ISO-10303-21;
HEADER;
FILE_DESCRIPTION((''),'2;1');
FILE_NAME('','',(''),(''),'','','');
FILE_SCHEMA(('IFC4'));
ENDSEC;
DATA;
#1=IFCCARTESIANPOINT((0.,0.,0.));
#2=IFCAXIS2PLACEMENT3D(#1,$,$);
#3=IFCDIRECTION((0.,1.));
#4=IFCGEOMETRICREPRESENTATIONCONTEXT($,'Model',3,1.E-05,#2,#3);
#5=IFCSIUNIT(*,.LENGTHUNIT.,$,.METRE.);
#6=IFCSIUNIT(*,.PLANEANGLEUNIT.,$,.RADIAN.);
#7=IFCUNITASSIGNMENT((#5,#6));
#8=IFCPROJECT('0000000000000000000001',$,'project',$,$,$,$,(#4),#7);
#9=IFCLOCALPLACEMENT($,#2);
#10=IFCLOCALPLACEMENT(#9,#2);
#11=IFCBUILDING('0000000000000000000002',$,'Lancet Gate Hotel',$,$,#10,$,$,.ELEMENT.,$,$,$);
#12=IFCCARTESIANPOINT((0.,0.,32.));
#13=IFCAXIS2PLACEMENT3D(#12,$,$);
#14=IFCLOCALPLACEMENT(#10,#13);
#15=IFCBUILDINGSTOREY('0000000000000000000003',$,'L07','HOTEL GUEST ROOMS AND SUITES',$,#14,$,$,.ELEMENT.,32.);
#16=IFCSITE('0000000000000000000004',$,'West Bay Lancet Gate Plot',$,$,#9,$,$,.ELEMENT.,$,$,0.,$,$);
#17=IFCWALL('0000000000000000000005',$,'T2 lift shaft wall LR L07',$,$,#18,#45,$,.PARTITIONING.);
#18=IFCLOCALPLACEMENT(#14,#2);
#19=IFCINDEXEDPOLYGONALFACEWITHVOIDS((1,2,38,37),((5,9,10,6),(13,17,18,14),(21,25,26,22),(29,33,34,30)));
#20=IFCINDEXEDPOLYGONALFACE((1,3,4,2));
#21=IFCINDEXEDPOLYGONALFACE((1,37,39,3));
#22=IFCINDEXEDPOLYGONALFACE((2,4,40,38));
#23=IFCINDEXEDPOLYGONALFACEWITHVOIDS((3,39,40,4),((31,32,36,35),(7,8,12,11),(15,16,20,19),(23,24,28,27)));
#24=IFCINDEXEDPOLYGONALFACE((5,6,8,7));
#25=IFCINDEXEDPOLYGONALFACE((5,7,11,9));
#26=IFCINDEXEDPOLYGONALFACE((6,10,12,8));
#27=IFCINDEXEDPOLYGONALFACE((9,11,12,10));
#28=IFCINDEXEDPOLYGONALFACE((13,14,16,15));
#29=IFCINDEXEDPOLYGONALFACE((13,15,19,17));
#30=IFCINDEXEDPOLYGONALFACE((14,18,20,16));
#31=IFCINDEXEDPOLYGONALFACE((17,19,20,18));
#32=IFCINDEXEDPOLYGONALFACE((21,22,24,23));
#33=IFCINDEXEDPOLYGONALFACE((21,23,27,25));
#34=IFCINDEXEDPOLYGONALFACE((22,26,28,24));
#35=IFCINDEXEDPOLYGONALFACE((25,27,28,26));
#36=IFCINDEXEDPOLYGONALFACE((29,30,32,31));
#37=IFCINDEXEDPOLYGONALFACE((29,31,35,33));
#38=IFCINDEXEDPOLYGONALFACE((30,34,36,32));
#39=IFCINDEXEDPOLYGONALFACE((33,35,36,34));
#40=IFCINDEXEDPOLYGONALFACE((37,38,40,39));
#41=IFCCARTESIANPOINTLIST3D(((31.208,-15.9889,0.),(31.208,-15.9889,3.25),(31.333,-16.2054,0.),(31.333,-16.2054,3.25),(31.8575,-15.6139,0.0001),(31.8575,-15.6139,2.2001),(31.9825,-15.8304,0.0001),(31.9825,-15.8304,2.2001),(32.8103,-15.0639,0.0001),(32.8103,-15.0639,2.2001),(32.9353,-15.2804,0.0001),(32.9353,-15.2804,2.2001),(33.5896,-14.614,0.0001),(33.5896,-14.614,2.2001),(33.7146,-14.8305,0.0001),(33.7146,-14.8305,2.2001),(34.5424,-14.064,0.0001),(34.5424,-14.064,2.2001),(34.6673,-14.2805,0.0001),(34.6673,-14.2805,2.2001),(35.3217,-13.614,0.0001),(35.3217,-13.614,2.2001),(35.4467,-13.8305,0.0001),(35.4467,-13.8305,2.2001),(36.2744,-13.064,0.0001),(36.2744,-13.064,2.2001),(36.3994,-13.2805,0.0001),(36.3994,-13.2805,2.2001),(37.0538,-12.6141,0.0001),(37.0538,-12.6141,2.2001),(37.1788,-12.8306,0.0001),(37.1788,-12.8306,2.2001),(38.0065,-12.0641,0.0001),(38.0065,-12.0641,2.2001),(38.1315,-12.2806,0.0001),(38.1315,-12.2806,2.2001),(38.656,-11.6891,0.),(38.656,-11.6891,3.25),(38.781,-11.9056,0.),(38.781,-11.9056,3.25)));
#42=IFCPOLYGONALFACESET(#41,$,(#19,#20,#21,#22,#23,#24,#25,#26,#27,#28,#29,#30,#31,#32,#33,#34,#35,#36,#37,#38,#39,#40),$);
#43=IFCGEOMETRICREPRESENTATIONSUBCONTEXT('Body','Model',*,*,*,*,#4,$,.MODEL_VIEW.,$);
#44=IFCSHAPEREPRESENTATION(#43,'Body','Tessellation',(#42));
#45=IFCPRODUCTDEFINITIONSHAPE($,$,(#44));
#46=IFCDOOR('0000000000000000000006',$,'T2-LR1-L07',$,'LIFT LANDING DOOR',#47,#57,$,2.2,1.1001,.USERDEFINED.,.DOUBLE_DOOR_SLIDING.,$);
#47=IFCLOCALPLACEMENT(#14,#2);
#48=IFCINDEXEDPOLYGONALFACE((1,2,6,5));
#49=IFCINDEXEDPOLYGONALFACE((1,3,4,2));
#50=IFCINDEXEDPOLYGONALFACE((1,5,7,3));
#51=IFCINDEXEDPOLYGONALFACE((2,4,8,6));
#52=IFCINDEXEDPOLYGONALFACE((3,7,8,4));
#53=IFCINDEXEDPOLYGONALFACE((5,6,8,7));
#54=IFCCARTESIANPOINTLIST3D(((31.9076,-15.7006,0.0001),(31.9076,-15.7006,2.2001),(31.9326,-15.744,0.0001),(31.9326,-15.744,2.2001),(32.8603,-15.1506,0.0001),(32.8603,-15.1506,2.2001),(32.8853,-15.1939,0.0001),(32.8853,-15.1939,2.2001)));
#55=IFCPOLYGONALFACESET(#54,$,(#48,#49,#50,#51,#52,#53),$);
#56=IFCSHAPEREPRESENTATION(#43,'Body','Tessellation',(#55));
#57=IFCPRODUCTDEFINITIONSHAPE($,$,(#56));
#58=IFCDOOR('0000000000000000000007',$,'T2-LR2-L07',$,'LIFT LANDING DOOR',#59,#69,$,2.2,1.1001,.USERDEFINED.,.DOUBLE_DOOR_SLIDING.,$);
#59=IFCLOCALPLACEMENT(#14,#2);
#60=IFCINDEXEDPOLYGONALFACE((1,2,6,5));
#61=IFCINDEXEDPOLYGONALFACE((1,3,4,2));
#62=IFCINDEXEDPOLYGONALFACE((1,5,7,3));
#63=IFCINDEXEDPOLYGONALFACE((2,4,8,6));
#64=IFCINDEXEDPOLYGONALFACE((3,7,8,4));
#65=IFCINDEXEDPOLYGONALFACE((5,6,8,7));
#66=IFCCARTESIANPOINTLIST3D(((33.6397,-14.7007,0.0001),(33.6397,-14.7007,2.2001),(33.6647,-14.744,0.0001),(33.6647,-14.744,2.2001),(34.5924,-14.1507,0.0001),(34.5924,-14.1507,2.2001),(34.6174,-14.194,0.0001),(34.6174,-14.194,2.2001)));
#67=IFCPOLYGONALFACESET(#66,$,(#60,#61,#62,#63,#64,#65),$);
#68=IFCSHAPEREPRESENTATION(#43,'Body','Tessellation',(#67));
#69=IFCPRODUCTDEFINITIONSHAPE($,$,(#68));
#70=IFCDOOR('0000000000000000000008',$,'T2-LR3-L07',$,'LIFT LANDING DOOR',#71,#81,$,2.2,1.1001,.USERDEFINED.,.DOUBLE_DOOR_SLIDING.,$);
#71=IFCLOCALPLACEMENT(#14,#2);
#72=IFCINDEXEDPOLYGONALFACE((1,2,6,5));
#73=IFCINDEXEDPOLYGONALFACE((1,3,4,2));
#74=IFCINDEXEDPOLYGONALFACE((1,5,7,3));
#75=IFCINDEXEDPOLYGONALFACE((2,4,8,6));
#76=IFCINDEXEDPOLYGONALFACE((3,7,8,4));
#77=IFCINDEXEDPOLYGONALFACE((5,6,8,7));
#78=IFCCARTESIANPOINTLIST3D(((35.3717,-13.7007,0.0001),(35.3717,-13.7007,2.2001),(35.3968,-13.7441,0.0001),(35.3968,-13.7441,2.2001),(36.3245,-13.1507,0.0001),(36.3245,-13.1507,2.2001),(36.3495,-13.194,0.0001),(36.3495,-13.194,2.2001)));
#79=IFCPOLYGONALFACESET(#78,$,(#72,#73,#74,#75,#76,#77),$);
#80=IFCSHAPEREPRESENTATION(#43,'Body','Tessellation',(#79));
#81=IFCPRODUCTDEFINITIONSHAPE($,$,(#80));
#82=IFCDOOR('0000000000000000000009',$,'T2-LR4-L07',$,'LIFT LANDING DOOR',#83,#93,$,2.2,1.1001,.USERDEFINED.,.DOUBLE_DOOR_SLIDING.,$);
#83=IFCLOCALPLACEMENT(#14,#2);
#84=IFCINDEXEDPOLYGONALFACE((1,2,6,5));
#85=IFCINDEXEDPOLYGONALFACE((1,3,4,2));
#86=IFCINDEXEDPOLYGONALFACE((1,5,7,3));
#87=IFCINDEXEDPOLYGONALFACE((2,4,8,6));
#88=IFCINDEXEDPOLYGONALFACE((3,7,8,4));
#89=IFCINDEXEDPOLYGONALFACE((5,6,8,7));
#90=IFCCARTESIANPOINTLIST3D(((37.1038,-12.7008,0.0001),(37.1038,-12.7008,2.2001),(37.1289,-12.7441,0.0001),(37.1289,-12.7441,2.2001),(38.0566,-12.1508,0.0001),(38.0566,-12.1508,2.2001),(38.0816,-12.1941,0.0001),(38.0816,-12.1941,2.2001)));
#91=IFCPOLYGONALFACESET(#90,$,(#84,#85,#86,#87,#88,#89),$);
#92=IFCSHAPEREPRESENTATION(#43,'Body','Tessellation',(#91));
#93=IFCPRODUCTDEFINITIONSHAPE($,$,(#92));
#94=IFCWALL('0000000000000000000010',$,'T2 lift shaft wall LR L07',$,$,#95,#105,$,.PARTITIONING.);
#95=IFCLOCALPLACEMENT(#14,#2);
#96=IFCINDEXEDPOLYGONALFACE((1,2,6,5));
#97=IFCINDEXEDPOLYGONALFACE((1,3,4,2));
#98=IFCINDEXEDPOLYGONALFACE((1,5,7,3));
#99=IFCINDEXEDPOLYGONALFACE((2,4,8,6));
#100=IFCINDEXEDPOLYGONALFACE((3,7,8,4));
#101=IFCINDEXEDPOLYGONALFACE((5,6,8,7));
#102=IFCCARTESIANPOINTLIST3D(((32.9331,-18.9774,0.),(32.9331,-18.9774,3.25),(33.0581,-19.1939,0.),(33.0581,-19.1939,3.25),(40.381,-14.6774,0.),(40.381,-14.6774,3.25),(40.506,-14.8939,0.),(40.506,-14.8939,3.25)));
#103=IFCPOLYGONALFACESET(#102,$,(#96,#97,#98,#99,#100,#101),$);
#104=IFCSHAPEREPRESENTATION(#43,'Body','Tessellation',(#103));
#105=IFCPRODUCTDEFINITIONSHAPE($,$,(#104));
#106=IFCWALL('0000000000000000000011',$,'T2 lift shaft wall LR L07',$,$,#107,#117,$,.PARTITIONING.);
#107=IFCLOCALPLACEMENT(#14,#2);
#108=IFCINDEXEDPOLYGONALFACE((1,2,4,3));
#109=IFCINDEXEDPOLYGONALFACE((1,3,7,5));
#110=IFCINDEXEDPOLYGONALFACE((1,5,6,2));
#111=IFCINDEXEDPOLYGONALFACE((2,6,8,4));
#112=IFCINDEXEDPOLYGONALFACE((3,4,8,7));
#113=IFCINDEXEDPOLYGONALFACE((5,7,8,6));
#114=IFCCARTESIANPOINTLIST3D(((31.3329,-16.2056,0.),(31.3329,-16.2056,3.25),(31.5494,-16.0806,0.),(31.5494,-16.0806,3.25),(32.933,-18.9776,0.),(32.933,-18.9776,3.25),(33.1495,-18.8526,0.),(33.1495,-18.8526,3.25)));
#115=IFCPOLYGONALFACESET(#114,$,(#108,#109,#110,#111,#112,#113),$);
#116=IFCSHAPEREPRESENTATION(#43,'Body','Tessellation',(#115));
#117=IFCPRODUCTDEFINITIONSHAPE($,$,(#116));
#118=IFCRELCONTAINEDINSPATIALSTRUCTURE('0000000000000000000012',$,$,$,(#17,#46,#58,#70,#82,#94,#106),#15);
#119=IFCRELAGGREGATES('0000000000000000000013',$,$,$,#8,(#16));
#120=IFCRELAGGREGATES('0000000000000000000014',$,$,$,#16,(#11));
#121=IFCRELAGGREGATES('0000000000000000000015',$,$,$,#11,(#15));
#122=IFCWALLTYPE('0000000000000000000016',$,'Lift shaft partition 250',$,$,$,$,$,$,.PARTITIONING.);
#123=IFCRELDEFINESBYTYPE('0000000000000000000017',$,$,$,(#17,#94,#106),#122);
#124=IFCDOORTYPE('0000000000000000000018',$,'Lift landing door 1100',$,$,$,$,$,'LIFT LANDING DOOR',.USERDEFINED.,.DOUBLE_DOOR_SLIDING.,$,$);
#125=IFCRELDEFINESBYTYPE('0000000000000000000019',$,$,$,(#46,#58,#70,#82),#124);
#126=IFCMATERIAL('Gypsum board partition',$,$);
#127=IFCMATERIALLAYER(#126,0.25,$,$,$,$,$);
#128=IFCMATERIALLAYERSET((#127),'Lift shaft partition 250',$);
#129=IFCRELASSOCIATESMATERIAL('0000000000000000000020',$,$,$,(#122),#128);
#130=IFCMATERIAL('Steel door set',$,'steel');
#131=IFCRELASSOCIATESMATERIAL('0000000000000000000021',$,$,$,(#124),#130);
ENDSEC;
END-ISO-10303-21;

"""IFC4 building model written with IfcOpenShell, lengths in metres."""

from ifc_helpers import new_model, si_unit, direction, frame, frame_2d, origin, place, context, subcontext, project, spatial, rectangle, extrude, material, layer, layer_set, type_object, element, fill, save


model = new_model("IFC4")

# Units and contexts
model_context = context("Model", 3, precision=1e-05, world=origin(), true_north=direction((0.0, 1.0)))
body_context = subcontext(model_context, "Body", "Model", "MODEL_VIEW")
ifc_project = project(units=[si_unit("LENGTHUNIT", "METRE"), si_unit("PLANEANGLEUNIT", "RADIAN")], contexts=[model_context])

# Site, building, storey
site_placement = place(None, origin())
site = spatial("IfcSite", under=ifc_project, at=site_placement, Name="West Bay Lancet Gate Plot", CompositionType="ELEMENT", RefElevation=0.0)
building_placement = place(site_placement, origin())
building = spatial("IfcBuilding", under=site, at=building_placement, Name="Lancet Gate Hotel", CompositionType="ELEMENT")
storey_placement = place(building_placement, frame((0.0, 0.0, 32.0)))
storey = spatial("IfcBuildingStorey", under=building, at=storey_placement, Name="L07", Description="HOTEL GUEST ROOMS AND SUITES", CompositionType="ELEMENT", Elevation=32.0)

# Wall, openings, doors
ifc_material_1 = material(Name="Gypsum board partition")
ifc_layer_1 = layer(ifc_material_1, 0.25)
ifc_layer_set_1 = layer_set([ifc_layer_1], Name="Lift shaft partition 250")
wall_type = type_object("IfcWallType", Name="Lift shaft partition 250", PredefinedType="PARTITIONING", material=ifc_layer_set_1)
wall_1_placement = place(storey_placement, frame((31.2705, -16.0972, 0.0), z_axis=(0.0, 0.0, 1.0), x_axis=(0.86604, 0.499974, 0.0)))
wall_1 = element("IfcWall", 1, at=wall_1_placement, inside=storey, type_object=wall_type, Name="T2 lift shaft wall LR L07", PredefinedType="PARTITIONING", context=body_context, shape_type="SweptSolid", body=[
    extrude(rectangle(XDim=8.6001, YDim=0.25, at=frame_2d((4.3, 0.0))), origin(), (0.0, 0.0, 1.0), 3.25),
])
opening_1_placement = place(wall_1_placement, frame((0.75, 0.0, 0.0)))
opening_1 = element("IfcOpeningElement", 2, at=opening_1_placement, cuts=wall_1, PredefinedType="OPENING", context=body_context, shape_type="SweptSolid", body=[
    extrude(rectangle(XDim=1.1001, YDim=2.2, at=frame_2d((0.55, 1.1001))), frame((0.0, 0.135, 0.0), z_axis=(0.0, -1.0, 0.0), x_axis=(1.0, 0.0, 0.0)), (0.0, 0.0, 1.0), 0.27),
])
opening_2_placement = place(wall_1_placement, frame((2.75, 0.0, 0.0)))
opening_2 = element("IfcOpeningElement", 3, at=opening_2_placement, cuts=wall_1, PredefinedType="OPENING", context=body_context, shape_type="SweptSolid", body=[
    extrude(rectangle(XDim=1.1001, YDim=2.2, at=frame_2d((0.55, 1.1001))), frame((0.0, 0.135, 0.0), z_axis=(0.0, -1.0, 0.0), x_axis=(1.0, 0.0, 0.0)), (0.0, 0.0, 1.0), 0.27),
])
opening_3_placement = place(wall_1_placement, frame((4.75, 0.0, 0.0)))
opening_3 = element("IfcOpeningElement", 4, at=opening_3_placement, cuts=wall_1, PredefinedType="OPENING", context=body_context, shape_type="SweptSolid", body=[
    extrude(rectangle(XDim=1.1001, YDim=2.2, at=frame_2d((0.55, 1.1001))), frame((0.0, 0.135, 0.0), z_axis=(0.0, -1.0, 0.0), x_axis=(1.0, 0.0, 0.0)), (0.0, 0.0, 1.0), 0.27),
])
opening_4_placement = place(wall_1_placement, frame((6.75, 0.0, 0.0)))
opening_4 = element("IfcOpeningElement", 5, at=opening_4_placement, cuts=wall_1, PredefinedType="OPENING", context=body_context, shape_type="SweptSolid", body=[
    extrude(rectangle(XDim=1.1001, YDim=2.2, at=frame_2d((0.55, 1.1001))), frame((0.0, 0.135, 0.0), z_axis=(0.0, -1.0, 0.0), x_axis=(1.0, 0.0, 0.0)), (0.0, 0.0, 1.0), 0.27),
])
ifc_material_2 = material(Name="Steel door set", Category="steel")
door_type = type_object("IfcDoorType", Name="Lift landing door 1100", ElementType="LIFT LANDING DOOR", OperationType="DOUBLE_DOOR_SLIDING", PredefinedType="USERDEFINED", material=ifc_material_2)
door_1_placement = place(opening_1_placement, origin())
door_1 = element("IfcDoor", 6, at=door_1_placement, inside=storey, type_object=door_type, Name="T2-LR1-L07", ObjectType="LIFT LANDING DOOR", OperationType="DOUBLE_DOOR_SLIDING", OverallHeight=2.2, OverallWidth=1.1001, PredefinedType="USERDEFINED", context=body_context, shape_type="SweptSolid", body=[
    extrude(rectangle(XDim=1.1001, YDim=2.2, at=frame_2d((0.55, 1.1001))), frame((0.0, 0.0249, 0.0), z_axis=(0.0, -1.0, 0.0), x_axis=(1.0, 0.0, 0.0)), (0.0, 0.0, 1.0), 0.05),
])
fill(opening_1, door_1)
door_2_placement = place(opening_2_placement, origin())
door_2 = element("IfcDoor", 7, at=door_2_placement, inside=storey, type_object=door_type, Name="T2-LR2-L07", ObjectType="LIFT LANDING DOOR", OperationType="DOUBLE_DOOR_SLIDING", OverallHeight=2.2, OverallWidth=1.1001, PredefinedType="USERDEFINED", context=body_context, shape_type="SweptSolid", body=[
    extrude(rectangle(XDim=1.1001, YDim=2.2, at=frame_2d((0.55, 1.1001))), frame((0.0, 0.0249, 0.0), z_axis=(0.0, -1.0, 0.0), x_axis=(1.0, 0.0, 0.0)), (0.0, 0.0, 1.0), 0.05),
])
fill(opening_2, door_2)
door_3_placement = place(opening_3_placement, origin())
door_3 = element("IfcDoor", 8, at=door_3_placement, inside=storey, type_object=door_type, Name="T2-LR3-L07", ObjectType="LIFT LANDING DOOR", OperationType="DOUBLE_DOOR_SLIDING", OverallHeight=2.2, OverallWidth=1.1001, PredefinedType="USERDEFINED", context=body_context, shape_type="SweptSolid", body=[
    extrude(rectangle(XDim=1.1001, YDim=2.2, at=frame_2d((0.55, 1.1001))), frame((0.0, 0.0249, 0.0), z_axis=(0.0, -1.0, 0.0), x_axis=(1.0, 0.0, 0.0)), (0.0, 0.0, 1.0), 0.05),
])
fill(opening_3, door_3)
door_4_placement = place(opening_4_placement, origin())
door_4 = element("IfcDoor", 9, at=door_4_placement, inside=storey, type_object=door_type, Name="T2-LR4-L07", ObjectType="LIFT LANDING DOOR", OperationType="DOUBLE_DOOR_SLIDING", OverallHeight=2.2, OverallWidth=1.1001, PredefinedType="USERDEFINED", context=body_context, shape_type="SweptSolid", body=[
    extrude(rectangle(XDim=1.1001, YDim=2.2, at=frame_2d((0.55, 1.1001))), frame((0.0, 0.0249, 0.0), z_axis=(0.0, -1.0, 0.0), x_axis=(1.0, 0.0, 0.0)), (0.0, 0.0, 1.0), 0.05),
])
fill(opening_4, door_4)

# Walls
wall_2_placement = place(storey_placement, frame((32.9956, -19.0857, 0.0), z_axis=(0.0, 0.0, 1.0), x_axis=(0.866028, 0.499995, 0.0)))
element("IfcWall", 10, at=wall_2_placement, inside=storey, type_object=wall_type, Name="T2 lift shaft wall LR L07", PredefinedType="PARTITIONING", context=body_context, shape_type="SweptSolid", body=[
    extrude(rectangle(XDim=8.6001, YDim=0.25, at=frame_2d((4.3, 0.0))), origin(), (0.0, 0.0, 1.0), 3.25),
])
wall_3_placement = place(storey_placement, frame((31.4412, -16.1431, 0.0), z_axis=(0.0, 0.0, 1.0), x_axis=(0.499929, -0.866066, 0.0)))
element("IfcWall", 11, at=wall_3_placement, inside=storey, type_object=wall_type, Name="T2 lift shaft wall LR L07", PredefinedType="PARTITIONING", context=body_context, shape_type="SweptSolid", body=[
    extrude(rectangle(XDim=3.2007, YDim=0.25, at=frame_2d((1.6003, 0.0))), origin(), (0.0, 0.0, 1.0), 3.25),
])

save(model, "model.ifc")
